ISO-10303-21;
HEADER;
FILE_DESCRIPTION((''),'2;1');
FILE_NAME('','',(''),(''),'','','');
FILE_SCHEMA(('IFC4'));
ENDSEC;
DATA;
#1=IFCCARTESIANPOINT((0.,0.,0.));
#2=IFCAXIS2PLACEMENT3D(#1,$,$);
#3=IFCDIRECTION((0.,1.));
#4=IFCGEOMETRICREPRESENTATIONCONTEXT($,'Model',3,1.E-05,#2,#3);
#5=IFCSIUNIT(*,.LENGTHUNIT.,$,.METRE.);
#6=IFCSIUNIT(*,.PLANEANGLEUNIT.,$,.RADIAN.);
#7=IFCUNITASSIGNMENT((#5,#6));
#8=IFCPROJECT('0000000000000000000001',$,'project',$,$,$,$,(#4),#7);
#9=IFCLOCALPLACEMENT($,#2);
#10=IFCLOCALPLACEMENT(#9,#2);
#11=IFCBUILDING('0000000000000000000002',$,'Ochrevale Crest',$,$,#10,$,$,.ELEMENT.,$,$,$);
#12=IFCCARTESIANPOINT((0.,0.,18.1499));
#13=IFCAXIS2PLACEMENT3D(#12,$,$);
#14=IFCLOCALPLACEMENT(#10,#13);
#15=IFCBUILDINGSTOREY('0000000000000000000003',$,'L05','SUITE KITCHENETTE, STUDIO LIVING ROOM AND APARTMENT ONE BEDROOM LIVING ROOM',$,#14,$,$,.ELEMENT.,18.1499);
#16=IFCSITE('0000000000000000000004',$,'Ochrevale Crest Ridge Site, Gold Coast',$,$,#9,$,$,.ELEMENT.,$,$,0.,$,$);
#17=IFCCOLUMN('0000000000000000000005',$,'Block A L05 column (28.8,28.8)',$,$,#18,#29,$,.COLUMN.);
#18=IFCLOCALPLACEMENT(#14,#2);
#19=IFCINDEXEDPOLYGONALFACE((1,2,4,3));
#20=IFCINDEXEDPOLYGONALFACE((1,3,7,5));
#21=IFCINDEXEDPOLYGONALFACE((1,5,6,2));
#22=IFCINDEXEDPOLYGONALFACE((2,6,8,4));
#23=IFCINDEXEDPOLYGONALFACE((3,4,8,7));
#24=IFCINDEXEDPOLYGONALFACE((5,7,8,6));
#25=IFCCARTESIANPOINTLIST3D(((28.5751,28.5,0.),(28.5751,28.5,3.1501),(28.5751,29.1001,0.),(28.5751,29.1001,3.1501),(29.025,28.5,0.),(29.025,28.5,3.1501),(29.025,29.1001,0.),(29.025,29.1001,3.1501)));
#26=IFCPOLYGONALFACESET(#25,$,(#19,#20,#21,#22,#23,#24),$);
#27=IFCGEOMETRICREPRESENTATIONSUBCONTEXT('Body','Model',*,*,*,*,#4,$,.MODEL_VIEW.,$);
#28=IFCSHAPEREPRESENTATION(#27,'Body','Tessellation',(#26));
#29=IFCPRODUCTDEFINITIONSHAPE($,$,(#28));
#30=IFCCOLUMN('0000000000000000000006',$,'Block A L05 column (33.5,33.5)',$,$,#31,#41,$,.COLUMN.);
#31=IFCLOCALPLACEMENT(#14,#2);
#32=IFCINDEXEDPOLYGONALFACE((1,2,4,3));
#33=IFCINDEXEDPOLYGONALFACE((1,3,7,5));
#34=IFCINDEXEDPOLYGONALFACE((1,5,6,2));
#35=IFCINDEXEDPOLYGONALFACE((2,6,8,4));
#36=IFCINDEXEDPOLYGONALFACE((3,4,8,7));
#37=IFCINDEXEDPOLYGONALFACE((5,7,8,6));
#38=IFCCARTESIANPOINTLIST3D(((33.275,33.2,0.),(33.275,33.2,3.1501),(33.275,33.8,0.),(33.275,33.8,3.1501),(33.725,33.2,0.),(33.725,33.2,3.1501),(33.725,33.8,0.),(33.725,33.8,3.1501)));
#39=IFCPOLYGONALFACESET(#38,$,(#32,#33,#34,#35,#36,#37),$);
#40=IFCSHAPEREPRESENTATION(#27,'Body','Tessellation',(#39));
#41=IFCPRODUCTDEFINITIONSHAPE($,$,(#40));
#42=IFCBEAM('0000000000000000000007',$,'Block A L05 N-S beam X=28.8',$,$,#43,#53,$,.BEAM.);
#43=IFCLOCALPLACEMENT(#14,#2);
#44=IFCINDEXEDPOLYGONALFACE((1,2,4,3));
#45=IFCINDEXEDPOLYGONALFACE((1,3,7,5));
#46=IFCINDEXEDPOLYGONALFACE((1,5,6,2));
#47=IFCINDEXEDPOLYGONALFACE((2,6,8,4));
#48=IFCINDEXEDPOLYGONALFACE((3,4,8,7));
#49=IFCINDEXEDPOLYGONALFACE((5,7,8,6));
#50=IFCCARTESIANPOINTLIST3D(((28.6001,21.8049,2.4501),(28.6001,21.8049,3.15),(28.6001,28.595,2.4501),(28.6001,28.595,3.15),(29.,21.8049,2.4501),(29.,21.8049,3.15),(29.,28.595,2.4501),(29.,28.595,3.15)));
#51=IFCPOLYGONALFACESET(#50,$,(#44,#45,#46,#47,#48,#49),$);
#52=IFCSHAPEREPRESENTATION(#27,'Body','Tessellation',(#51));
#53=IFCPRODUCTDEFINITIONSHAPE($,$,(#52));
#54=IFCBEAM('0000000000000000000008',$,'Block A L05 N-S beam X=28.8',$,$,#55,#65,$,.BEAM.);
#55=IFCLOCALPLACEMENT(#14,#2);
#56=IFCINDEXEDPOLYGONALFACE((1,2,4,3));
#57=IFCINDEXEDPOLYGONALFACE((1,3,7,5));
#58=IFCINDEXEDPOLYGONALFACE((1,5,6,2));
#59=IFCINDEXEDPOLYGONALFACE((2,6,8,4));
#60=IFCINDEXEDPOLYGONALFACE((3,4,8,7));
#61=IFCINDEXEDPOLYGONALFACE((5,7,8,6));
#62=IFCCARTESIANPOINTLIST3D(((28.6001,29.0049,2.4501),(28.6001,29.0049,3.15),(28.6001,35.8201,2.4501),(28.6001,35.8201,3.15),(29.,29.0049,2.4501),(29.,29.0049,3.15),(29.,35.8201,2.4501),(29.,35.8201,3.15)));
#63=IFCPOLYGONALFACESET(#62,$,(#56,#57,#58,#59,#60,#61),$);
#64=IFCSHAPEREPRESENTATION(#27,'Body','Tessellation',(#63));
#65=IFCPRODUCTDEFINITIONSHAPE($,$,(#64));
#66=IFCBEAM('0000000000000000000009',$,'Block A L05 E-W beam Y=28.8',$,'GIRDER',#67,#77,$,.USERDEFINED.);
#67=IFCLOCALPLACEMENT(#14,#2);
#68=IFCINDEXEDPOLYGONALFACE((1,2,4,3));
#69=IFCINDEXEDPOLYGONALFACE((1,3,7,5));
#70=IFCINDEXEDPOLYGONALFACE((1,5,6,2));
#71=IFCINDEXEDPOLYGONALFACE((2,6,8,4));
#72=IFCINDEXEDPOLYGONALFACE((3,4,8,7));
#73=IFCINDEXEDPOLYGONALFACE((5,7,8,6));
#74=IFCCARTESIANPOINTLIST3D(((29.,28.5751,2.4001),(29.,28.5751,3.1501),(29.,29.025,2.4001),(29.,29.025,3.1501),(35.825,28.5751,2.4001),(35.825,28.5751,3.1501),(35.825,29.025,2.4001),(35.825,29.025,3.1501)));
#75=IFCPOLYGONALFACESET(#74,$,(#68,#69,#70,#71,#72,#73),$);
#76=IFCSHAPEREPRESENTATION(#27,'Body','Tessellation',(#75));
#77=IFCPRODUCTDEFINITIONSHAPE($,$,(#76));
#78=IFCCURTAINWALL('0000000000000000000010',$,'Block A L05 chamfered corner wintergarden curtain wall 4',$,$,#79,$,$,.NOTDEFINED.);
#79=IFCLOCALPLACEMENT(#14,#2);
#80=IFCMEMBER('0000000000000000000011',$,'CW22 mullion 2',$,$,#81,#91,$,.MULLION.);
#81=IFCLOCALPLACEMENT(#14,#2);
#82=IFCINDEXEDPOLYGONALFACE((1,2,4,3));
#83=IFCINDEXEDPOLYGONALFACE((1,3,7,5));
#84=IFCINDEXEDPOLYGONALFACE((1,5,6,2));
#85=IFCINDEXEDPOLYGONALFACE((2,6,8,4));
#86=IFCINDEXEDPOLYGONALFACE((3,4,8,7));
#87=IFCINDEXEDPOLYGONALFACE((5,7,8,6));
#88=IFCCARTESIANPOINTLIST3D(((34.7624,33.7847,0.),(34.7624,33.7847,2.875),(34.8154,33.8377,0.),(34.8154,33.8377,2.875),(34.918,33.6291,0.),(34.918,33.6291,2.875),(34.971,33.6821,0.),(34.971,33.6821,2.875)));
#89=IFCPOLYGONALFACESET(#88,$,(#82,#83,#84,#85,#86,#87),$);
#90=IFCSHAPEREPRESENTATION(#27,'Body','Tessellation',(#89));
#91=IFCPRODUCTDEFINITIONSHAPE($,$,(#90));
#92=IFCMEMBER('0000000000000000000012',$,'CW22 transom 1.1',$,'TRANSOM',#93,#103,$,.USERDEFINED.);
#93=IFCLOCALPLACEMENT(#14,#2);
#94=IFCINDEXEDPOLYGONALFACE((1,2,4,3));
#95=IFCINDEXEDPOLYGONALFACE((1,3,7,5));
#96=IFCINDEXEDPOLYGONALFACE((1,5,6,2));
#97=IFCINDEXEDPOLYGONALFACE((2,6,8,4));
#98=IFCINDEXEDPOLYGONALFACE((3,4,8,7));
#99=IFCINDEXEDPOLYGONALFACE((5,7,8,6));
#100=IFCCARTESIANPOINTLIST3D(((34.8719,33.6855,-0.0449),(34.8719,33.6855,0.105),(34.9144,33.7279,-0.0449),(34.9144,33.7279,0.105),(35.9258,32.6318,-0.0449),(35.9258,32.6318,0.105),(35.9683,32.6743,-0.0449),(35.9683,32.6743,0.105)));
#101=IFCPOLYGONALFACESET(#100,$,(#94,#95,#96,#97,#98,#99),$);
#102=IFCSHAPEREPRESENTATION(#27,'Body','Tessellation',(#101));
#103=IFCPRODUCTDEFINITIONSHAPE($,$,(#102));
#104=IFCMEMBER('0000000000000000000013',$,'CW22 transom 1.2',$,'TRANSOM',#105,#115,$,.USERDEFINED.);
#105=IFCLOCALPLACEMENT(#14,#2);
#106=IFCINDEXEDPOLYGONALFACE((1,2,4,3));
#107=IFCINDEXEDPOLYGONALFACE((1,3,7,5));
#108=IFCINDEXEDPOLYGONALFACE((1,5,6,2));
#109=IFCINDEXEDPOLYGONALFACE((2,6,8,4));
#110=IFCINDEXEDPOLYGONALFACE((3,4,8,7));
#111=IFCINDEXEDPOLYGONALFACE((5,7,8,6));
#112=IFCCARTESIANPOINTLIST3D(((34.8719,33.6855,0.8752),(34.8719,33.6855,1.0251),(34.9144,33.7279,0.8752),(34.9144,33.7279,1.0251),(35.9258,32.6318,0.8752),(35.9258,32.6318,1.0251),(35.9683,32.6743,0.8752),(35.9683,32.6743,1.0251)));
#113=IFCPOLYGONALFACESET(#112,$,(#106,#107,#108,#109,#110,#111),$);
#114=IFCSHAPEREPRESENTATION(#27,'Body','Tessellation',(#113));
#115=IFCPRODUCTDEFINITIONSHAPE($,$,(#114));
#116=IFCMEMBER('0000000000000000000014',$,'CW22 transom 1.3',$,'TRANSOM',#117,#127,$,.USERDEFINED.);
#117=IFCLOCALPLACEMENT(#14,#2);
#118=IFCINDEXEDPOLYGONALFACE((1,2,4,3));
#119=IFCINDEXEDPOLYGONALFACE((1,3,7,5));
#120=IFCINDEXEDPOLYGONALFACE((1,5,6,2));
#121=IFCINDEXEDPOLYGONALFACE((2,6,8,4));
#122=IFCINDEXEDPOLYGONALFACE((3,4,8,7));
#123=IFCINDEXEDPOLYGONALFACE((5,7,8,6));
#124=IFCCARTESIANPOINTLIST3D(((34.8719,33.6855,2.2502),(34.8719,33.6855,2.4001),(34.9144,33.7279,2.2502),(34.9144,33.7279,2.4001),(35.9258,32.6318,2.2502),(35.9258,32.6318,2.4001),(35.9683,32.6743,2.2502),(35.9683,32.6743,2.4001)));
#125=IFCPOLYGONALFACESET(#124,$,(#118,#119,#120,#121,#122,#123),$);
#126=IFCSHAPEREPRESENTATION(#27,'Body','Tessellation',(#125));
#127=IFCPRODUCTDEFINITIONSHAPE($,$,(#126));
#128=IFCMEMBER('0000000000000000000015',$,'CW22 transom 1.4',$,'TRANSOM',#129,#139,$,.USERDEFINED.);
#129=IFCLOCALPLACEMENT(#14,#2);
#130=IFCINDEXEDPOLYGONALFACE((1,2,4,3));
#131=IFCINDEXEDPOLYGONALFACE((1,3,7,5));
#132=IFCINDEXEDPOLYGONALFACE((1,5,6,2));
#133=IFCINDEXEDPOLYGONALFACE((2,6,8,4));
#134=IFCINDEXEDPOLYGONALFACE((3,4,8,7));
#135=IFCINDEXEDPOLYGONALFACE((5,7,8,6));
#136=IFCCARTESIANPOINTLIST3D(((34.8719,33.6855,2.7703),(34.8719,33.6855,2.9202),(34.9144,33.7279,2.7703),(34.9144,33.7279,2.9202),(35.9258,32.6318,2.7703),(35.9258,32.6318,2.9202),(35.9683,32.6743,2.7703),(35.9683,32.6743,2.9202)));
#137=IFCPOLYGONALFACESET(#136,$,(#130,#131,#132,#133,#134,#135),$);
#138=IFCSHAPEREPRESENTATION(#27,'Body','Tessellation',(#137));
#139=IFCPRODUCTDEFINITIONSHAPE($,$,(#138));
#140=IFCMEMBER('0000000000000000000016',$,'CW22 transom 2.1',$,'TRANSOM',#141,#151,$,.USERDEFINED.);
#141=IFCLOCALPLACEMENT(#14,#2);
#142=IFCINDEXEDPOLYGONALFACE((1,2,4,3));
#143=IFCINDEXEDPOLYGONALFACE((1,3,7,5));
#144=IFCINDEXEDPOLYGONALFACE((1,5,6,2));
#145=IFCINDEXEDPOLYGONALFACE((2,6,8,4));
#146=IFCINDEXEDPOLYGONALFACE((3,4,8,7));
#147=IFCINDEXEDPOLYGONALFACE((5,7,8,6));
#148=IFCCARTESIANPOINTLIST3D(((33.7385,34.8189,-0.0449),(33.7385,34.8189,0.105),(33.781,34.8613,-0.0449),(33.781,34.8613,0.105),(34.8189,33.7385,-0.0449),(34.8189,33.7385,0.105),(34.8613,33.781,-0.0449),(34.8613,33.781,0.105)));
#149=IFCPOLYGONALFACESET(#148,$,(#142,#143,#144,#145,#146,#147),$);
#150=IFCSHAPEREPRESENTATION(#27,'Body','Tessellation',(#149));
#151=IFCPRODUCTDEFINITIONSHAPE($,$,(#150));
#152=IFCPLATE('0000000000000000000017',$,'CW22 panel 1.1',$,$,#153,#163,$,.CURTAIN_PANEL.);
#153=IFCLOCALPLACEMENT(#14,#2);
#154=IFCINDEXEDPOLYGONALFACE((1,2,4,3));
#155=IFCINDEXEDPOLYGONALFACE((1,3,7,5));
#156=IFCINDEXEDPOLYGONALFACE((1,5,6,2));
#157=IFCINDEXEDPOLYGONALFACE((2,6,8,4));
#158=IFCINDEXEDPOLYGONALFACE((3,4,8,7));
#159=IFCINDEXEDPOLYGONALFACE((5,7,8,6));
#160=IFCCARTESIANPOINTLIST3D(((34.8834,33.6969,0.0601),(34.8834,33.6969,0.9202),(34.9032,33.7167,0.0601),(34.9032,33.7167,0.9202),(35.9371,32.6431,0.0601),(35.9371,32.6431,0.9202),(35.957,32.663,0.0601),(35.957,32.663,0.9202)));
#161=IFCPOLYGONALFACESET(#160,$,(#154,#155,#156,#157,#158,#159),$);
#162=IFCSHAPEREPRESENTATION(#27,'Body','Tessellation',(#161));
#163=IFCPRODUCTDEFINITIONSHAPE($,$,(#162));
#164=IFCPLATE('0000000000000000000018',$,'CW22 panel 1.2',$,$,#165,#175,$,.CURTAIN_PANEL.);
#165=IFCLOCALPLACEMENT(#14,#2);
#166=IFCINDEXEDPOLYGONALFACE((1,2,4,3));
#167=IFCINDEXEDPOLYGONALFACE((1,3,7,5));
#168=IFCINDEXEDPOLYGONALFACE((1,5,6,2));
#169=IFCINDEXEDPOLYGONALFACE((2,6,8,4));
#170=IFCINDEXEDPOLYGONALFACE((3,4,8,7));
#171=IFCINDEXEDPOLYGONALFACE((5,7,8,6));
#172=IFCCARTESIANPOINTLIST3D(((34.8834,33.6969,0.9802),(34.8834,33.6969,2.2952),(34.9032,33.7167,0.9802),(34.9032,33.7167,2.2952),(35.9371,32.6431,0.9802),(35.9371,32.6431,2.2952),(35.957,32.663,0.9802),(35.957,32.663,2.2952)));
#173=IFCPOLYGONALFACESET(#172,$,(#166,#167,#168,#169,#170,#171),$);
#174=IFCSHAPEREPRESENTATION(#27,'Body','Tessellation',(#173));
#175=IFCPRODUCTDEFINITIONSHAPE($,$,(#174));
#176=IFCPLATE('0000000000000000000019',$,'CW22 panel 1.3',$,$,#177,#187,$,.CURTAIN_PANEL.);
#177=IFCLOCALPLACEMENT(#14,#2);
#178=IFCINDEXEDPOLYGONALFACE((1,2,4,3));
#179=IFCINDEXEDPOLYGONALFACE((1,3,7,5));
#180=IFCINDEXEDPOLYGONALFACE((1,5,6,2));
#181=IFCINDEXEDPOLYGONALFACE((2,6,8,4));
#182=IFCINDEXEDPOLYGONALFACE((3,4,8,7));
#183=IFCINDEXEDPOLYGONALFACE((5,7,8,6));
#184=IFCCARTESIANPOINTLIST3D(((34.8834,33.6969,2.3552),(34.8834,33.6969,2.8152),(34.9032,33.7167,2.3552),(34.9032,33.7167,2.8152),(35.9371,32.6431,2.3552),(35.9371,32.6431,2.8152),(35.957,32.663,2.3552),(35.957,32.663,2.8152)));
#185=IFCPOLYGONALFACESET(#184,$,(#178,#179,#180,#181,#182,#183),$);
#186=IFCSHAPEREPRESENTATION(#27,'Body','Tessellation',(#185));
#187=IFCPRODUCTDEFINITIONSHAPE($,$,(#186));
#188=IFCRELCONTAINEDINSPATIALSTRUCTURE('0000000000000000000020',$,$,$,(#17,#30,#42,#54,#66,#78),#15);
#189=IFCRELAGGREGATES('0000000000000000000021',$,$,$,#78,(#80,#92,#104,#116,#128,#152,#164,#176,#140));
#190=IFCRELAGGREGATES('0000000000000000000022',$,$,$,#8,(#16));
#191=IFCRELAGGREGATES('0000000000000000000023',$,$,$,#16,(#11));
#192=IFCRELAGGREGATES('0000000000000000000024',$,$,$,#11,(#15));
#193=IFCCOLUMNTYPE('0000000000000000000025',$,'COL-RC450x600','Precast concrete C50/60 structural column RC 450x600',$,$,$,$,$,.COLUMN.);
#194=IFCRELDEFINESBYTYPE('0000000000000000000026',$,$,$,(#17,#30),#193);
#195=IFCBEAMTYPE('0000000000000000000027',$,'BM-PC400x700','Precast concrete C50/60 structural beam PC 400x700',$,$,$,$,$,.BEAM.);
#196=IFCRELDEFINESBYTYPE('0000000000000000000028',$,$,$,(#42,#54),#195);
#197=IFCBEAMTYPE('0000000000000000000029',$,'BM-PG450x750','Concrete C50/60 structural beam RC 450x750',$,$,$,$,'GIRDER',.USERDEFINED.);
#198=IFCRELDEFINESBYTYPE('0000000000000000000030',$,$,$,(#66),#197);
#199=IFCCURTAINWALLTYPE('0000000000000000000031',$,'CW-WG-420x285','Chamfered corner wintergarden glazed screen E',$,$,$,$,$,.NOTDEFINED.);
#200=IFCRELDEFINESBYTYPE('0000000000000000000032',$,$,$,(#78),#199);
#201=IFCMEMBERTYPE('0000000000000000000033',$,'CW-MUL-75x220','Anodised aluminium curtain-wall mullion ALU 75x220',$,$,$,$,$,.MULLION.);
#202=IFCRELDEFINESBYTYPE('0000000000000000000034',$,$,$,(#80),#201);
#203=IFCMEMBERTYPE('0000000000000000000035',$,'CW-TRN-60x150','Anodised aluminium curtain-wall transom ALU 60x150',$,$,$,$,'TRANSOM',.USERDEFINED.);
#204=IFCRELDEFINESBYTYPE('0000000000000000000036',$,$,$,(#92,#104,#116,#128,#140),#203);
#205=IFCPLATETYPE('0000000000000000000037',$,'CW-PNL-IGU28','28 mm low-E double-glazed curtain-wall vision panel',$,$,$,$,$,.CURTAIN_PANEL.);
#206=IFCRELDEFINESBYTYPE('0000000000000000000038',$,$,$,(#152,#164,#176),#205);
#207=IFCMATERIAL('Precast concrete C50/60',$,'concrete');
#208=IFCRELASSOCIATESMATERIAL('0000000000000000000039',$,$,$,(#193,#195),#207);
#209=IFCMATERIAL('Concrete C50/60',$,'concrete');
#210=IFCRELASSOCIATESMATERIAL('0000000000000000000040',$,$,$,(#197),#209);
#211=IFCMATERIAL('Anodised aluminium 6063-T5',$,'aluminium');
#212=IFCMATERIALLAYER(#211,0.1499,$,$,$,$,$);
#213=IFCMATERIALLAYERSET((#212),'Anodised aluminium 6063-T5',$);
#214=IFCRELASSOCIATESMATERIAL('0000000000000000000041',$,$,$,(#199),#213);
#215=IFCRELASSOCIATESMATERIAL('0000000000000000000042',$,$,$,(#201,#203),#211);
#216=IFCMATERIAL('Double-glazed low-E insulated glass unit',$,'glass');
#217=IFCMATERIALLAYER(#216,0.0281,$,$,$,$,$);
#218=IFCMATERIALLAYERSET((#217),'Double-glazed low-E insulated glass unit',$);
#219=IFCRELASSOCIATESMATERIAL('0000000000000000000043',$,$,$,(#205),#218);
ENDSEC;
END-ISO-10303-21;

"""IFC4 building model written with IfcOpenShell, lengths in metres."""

from ifc_helpers import new_model, si_unit, direction, frame, origin, origin_2d, place, context, subcontext, project, spatial, rectangle, extrude, material, layer, layer_set, material_profile, profile_set, type_object, element, aggregate, save


model = new_model("IFC4")

# Units and contexts
model_context = context("Model", 3, precision=1e-05, world=origin(), true_north=direction((0.0, 1.0)))
body_context = subcontext(model_context, "Body", "Model", "MODEL_VIEW")
ifc_project = project(units=[si_unit("LENGTHUNIT", "METRE"), si_unit("PLANEANGLEUNIT", "RADIAN")], contexts=[model_context])

# Site, building, storey
site_placement = place(None, origin())
site = spatial("IfcSite", under=ifc_project, at=site_placement, Name="Ochrevale Crest Ridge Site, Gold Coast", CompositionType="ELEMENT", RefElevation=0.0)
building_placement = place(site_placement, origin())
building = spatial("IfcBuilding", under=site, at=building_placement, Name="Ochrevale Crest", CompositionType="ELEMENT")
storey_placement = place(building_placement, frame((0.0, 0.0, 18.1499)))
storey = spatial("IfcBuildingStorey", under=building, at=storey_placement, Name="L05", Description="SUITE KITCHENETTE, STUDIO LIVING ROOM AND APARTMENT ONE BEDROOM LIVING ROOM", CompositionType="ELEMENT", Elevation=18.1499)

# Columns
ifc_material_1 = material(Name="Precast concrete C50/60", Category="concrete")
ifc_material_profile_1 = material_profile(ifc_material_1, rectangle(XDim=0.45, YDim=0.6001, at=origin_2d()), Name="RC 450x600")
ifc_profile_set_1 = profile_set([ifc_material_profile_1], Name="Precast concrete C50/60")
column_type = type_object("IfcColumnType", Name="COL-RC450x600", Description="Precast concrete C50/60 structural column RC 450x600", PredefinedType="COLUMN", material=ifc_profile_set_1)
for number, where, z_axis, x_axis, name in (
    (1, (28.8, 28.8, 0.0), (0.0, 0.0, 1.0), (1.0, 0.0, 0.0), "Block A L05 column (28.8,28.8)"),
    (2, (33.5, 33.5, 0.0), (0.0, 0.0, 1.0), (1.0, 0.0, 0.0), "Block A L05 column (33.5,33.5)"),
):
    element("IfcColumn", number, at=place(storey_placement, frame(where, z_axis=z_axis, x_axis=x_axis)), inside=storey, type_object=column_type, Name=name, PredefinedType="COLUMN", context=body_context, shape_type="SweptSolid", body=[
        extrude(rectangle(XDim=0.45, YDim=0.6001, at=origin_2d()), origin(), (0.0, 0.0, 1.0), 3.1501),
    ])

# Beams
ifc_material_profile_2 = material_profile(ifc_material_1, rectangle(XDim=0.3999, YDim=0.7, at=origin_2d()), Name="PC 400x700")
ifc_profile_set_2 = profile_set([ifc_material_profile_2], Name="Precast concrete C50/60")
beam_type_1 = type_object("IfcBeamType", Name="BM-PC400x700", Description="Precast concrete C50/60 structural beam PC 400x700", PredefinedType="BEAM", material=ifc_profile_set_2)
beam_1_placement = place(storey_placement, frame((28.8, 21.8049, 2.8), z_axis=(0.0, 1.0, 0.0), x_axis=(-1.0, 0.0, 0.0)))
element("IfcBeam", 3, at=beam_1_placement, inside=storey, type_object=beam_type_1, Name="Block A L05 N-S beam X=28.8", PredefinedType="BEAM", context=body_context, shape_type="SweptSolid", body=[
    extrude(rectangle(XDim=0.3999, YDim=0.7, at=origin_2d()), origin(), (0.0, 0.0, 1.0), 6.79),
])
beam_2_placement = place(storey_placement, frame((28.8, 29.0049, 2.8), z_axis=(0.0, 1.0, 0.0), x_axis=(-1.0, 0.0, 0.0)))
element("IfcBeam", 4, at=beam_2_placement, inside=storey, type_object=beam_type_1, Name="Block A L05 N-S beam X=28.8", PredefinedType="BEAM", context=body_context, shape_type="SweptSolid", body=[
    extrude(rectangle(XDim=0.3999, YDim=0.7, at=origin_2d()), origin(), (0.0, 0.0, 1.0), 6.8152),
])
ifc_material_2 = material(Name="Concrete C50/60", Category="concrete")
ifc_material_profile_3 = material_profile(ifc_material_2, rectangle(XDim=0.45, YDim=0.75, at=origin_2d()), Name="RC 450x750")
ifc_profile_set_3 = profile_set([ifc_material_profile_3], Name="Concrete C50/60")
beam_type_2 = type_object("IfcBeamType", Name="BM-PG450x750", Description="Concrete C50/60 structural beam RC 450x750", ElementType="GIRDER", PredefinedType="USERDEFINED", material=ifc_profile_set_3)
beam_3_placement = place(storey_placement, frame((29.0, 28.8, 2.7751), z_axis=(1.0, 0.0, 0.0), x_axis=(0.0, 1.0, 0.0)))
element("IfcBeam", 5, at=beam_3_placement, inside=storey, type_object=beam_type_2, Name="Block A L05 E-W beam Y=28.8", ObjectType="GIRDER", PredefinedType="USERDEFINED", context=body_context, shape_type="SweptSolid", body=[
    extrude(rectangle(XDim=0.45, YDim=0.75, at=origin_2d()), origin(), (0.0, 0.0, 1.0), 6.825),
])

# Curtain wall, members, plates
ifc_material_3 = material(Name="Anodised aluminium 6063-T5", Category="aluminium")
ifc_layer_1 = layer(ifc_material_3, 0.1499)
ifc_layer_set_1 = layer_set([ifc_layer_1], Name="Anodised aluminium 6063-T5")
curtain_wall_type = type_object("IfcCurtainWallType", Name="CW-WG-420x285", Description="Chamfered corner wintergarden glazed screen E", PredefinedType="NOTDEFINED", material=ifc_layer_set_1)
curtain_wall_placement = place(storey_placement, origin())
curtain_wall = element("IfcCurtainWall", 6, at=curtain_wall_placement, inside=storey, type_object=curtain_wall_type, Name="Block A L05 chamfered corner wintergarden curtain wall 4", PredefinedType="NOTDEFINED")
ifc_material_profile_4 = material_profile(ifc_material_3, rectangle(XDim=0.075, YDim=0.22, at=origin_2d()), Name="ALU 75x220")
ifc_profile_set_4 = profile_set([ifc_material_profile_4], Name="Anodised aluminium 6063-T5")
member_type_1 = type_object("IfcMemberType", Name="CW-MUL-75x220", Description="Anodised aluminium curtain-wall mullion ALU 75x220", PredefinedType="MULLION", material=ifc_profile_set_4)
member_1_placement = place(storey_placement, frame((34.8667, 33.7334, 0.0), z_axis=(0.0, 0.0, 1.0), x_axis=(-0.707107, -0.707107, 0.0)))
member_1 = element("IfcMember", 7, at=member_1_placement, type_object=member_type_1, Name="CW22 mullion 2", PredefinedType="MULLION", context=body_context, shape_type="SweptSolid", body=[
    extrude(rectangle(XDim=0.075, YDim=0.22, at=origin_2d()), origin(), (0.0, 0.0, 1.0), 2.875),
])
ifc_material_profile_5 = material_profile(ifc_material_3, rectangle(XDim=0.0601, YDim=0.1499, at=origin_2d()), Name="ALU 60x150")
ifc_profile_set_5 = profile_set([ifc_material_profile_5], Name="Anodised aluminium 6063-T5")
member_type_2 = type_object("IfcMemberType", Name="CW-TRN-60x150", Description="Anodised aluminium curtain-wall transom ALU 60x150", ElementType="TRANSOM", PredefinedType="USERDEFINED", material=ifc_profile_set_5)
member_2_placement = place(storey_placement, frame((35.947, 32.6531, 0.03), z_axis=(-0.707189, 0.707025, 0.0), x_axis=(-0.707025, -0.707189, 0.0)))
member_2 = element("IfcMember", 8, at=member_2_placement, type_object=member_type_2, Name="CW22 transom 1.1", ObjectType="TRANSOM", PredefinedType="USERDEFINED", context=body_context, shape_type="SweptSolid", body=[
    extrude(rectangle(XDim=0.0601, YDim=0.1499, at=origin_2d()), origin(), (0.0, 0.0, 1.0), 1.4902),
])
member_3_placement = place(storey_placement, frame((35.947, 32.6531, 0.9502), z_axis=(-0.707189, 0.707025, 0.0), x_axis=(-0.707025, -0.707189, 0.0)))
member_3 = element("IfcMember", 9, at=member_3_placement, type_object=member_type_2, Name="CW22 transom 1.2", ObjectType="TRANSOM", PredefinedType="USERDEFINED", context=body_context, shape_type="SweptSolid", body=[
    extrude(rectangle(XDim=0.0601, YDim=0.1499, at=origin_2d()), origin(), (0.0, 0.0, 1.0), 1.4902),
])
member_4_placement = place(storey_placement, frame((35.947, 32.6531, 2.3252), z_axis=(-0.707189, 0.707025, 0.0), x_axis=(-0.707025, -0.707189, 0.0)))
member_4 = element("IfcMember", 10, at=member_4_placement, type_object=member_type_2, Name="CW22 transom 1.3", ObjectType="TRANSOM", PredefinedType="USERDEFINED", context=body_context, shape_type="SweptSolid", body=[
    extrude(rectangle(XDim=0.0601, YDim=0.1499, at=origin_2d()), origin(), (0.0, 0.0, 1.0), 1.4902),
])
member_5_placement = place(storey_placement, frame((35.947, 32.6531, 2.8452), z_axis=(-0.707189, 0.707025, 0.0), x_axis=(-0.707025, -0.707189, 0.0)))
member_5 = element("IfcMember", 11, at=member_5_placement, type_object=member_type_2, Name="CW22 transom 1.4", ObjectType="TRANSOM", PredefinedType="USERDEFINED", context=body_context, shape_type="SweptSolid", body=[
    extrude(rectangle(XDim=0.0601, YDim=0.1499, at=origin_2d()), origin(), (0.0, 0.0, 1.0), 1.4902),
])
member_6_placement = place(storey_placement, frame((34.8401, 33.7598, 0.03), z_axis=(-0.707107, 0.707107, 0.0), x_axis=(-0.707107, -0.707107, 0.0)))
member_6 = element("IfcMember", 12, at=member_6_placement, type_object=member_type_2, Name="CW22 transom 2.1", ObjectType="TRANSOM", PredefinedType="USERDEFINED", context=body_context, shape_type="SweptSolid", body=[
    extrude(rectangle(XDim=0.0601, YDim=0.1499, at=origin_2d()), origin(), (0.0, 0.0, 1.0), 1.5278),
])
ifc_material_4 = material(Name="Double-glazed low-E insulated glass unit", Category="glass")
ifc_layer_2 = layer(ifc_material_4, 0.0281)
ifc_layer_set_2 = layer_set([ifc_layer_2], Name="Double-glazed low-E insulated glass unit")
plate_type = type_object("IfcPlateType", Name="CW-PNL-IGU28", Description="28 mm low-E double-glazed curtain-wall vision panel", PredefinedType="CURTAIN_PANEL", material=ifc_layer_set_2)
plate_1_placement = place(storey_placement, frame((35.4202, 33.1799, 0.0601), z_axis=(0.0, 0.0, 1.0), x_axis=(-0.707107, 0.707107, 0.0)))
plate_1 = element("IfcPlate", 13, at=plate_1_placement, type_object=plate_type, Name="CW22 panel 1.1", PredefinedType="CURTAIN_PANEL", context=body_context, shape_type="SweptSolid", body=[
    extrude(rectangle(XDim=1.4902, YDim=0.0281, at=origin_2d()), origin(), (0.0, 0.0, 1.0), 0.8601),
])
plate_2_placement = place(storey_placement, frame((35.4202, 33.1799, 0.9802), z_axis=(0.0, 0.0, 1.0), x_axis=(-0.707107, 0.707107, 0.0)))
plate_2 = element("IfcPlate", 14, at=plate_2_placement, type_object=plate_type, Name="CW22 panel 1.2", PredefinedType="CURTAIN_PANEL", context=body_context, shape_type="SweptSolid", body=[
    extrude(rectangle(XDim=1.4902, YDim=0.0281, at=origin_2d()), origin(), (0.0, 0.0, 1.0), 1.3149),
])
plate_3_placement = place(storey_placement, frame((35.4202, 33.1799, 2.3552), z_axis=(0.0, 0.0, 1.0), x_axis=(-0.707107, 0.707107, 0.0)))
plate_3 = element("IfcPlate", 15, at=plate_3_placement, type_object=plate_type, Name="CW22 panel 1.3", PredefinedType="CURTAIN_PANEL", context=body_context, shape_type="SweptSolid", body=[
    extrude(rectangle(XDim=1.4902, YDim=0.0281, at=origin_2d()), origin(), (0.0, 0.0, 1.0), 0.46),
])
aggregate(curtain_wall, [member_1, member_2, member_3, member_4, member_5, plate_1, plate_2, plate_3, member_6])

save(model, "model.ifc")
